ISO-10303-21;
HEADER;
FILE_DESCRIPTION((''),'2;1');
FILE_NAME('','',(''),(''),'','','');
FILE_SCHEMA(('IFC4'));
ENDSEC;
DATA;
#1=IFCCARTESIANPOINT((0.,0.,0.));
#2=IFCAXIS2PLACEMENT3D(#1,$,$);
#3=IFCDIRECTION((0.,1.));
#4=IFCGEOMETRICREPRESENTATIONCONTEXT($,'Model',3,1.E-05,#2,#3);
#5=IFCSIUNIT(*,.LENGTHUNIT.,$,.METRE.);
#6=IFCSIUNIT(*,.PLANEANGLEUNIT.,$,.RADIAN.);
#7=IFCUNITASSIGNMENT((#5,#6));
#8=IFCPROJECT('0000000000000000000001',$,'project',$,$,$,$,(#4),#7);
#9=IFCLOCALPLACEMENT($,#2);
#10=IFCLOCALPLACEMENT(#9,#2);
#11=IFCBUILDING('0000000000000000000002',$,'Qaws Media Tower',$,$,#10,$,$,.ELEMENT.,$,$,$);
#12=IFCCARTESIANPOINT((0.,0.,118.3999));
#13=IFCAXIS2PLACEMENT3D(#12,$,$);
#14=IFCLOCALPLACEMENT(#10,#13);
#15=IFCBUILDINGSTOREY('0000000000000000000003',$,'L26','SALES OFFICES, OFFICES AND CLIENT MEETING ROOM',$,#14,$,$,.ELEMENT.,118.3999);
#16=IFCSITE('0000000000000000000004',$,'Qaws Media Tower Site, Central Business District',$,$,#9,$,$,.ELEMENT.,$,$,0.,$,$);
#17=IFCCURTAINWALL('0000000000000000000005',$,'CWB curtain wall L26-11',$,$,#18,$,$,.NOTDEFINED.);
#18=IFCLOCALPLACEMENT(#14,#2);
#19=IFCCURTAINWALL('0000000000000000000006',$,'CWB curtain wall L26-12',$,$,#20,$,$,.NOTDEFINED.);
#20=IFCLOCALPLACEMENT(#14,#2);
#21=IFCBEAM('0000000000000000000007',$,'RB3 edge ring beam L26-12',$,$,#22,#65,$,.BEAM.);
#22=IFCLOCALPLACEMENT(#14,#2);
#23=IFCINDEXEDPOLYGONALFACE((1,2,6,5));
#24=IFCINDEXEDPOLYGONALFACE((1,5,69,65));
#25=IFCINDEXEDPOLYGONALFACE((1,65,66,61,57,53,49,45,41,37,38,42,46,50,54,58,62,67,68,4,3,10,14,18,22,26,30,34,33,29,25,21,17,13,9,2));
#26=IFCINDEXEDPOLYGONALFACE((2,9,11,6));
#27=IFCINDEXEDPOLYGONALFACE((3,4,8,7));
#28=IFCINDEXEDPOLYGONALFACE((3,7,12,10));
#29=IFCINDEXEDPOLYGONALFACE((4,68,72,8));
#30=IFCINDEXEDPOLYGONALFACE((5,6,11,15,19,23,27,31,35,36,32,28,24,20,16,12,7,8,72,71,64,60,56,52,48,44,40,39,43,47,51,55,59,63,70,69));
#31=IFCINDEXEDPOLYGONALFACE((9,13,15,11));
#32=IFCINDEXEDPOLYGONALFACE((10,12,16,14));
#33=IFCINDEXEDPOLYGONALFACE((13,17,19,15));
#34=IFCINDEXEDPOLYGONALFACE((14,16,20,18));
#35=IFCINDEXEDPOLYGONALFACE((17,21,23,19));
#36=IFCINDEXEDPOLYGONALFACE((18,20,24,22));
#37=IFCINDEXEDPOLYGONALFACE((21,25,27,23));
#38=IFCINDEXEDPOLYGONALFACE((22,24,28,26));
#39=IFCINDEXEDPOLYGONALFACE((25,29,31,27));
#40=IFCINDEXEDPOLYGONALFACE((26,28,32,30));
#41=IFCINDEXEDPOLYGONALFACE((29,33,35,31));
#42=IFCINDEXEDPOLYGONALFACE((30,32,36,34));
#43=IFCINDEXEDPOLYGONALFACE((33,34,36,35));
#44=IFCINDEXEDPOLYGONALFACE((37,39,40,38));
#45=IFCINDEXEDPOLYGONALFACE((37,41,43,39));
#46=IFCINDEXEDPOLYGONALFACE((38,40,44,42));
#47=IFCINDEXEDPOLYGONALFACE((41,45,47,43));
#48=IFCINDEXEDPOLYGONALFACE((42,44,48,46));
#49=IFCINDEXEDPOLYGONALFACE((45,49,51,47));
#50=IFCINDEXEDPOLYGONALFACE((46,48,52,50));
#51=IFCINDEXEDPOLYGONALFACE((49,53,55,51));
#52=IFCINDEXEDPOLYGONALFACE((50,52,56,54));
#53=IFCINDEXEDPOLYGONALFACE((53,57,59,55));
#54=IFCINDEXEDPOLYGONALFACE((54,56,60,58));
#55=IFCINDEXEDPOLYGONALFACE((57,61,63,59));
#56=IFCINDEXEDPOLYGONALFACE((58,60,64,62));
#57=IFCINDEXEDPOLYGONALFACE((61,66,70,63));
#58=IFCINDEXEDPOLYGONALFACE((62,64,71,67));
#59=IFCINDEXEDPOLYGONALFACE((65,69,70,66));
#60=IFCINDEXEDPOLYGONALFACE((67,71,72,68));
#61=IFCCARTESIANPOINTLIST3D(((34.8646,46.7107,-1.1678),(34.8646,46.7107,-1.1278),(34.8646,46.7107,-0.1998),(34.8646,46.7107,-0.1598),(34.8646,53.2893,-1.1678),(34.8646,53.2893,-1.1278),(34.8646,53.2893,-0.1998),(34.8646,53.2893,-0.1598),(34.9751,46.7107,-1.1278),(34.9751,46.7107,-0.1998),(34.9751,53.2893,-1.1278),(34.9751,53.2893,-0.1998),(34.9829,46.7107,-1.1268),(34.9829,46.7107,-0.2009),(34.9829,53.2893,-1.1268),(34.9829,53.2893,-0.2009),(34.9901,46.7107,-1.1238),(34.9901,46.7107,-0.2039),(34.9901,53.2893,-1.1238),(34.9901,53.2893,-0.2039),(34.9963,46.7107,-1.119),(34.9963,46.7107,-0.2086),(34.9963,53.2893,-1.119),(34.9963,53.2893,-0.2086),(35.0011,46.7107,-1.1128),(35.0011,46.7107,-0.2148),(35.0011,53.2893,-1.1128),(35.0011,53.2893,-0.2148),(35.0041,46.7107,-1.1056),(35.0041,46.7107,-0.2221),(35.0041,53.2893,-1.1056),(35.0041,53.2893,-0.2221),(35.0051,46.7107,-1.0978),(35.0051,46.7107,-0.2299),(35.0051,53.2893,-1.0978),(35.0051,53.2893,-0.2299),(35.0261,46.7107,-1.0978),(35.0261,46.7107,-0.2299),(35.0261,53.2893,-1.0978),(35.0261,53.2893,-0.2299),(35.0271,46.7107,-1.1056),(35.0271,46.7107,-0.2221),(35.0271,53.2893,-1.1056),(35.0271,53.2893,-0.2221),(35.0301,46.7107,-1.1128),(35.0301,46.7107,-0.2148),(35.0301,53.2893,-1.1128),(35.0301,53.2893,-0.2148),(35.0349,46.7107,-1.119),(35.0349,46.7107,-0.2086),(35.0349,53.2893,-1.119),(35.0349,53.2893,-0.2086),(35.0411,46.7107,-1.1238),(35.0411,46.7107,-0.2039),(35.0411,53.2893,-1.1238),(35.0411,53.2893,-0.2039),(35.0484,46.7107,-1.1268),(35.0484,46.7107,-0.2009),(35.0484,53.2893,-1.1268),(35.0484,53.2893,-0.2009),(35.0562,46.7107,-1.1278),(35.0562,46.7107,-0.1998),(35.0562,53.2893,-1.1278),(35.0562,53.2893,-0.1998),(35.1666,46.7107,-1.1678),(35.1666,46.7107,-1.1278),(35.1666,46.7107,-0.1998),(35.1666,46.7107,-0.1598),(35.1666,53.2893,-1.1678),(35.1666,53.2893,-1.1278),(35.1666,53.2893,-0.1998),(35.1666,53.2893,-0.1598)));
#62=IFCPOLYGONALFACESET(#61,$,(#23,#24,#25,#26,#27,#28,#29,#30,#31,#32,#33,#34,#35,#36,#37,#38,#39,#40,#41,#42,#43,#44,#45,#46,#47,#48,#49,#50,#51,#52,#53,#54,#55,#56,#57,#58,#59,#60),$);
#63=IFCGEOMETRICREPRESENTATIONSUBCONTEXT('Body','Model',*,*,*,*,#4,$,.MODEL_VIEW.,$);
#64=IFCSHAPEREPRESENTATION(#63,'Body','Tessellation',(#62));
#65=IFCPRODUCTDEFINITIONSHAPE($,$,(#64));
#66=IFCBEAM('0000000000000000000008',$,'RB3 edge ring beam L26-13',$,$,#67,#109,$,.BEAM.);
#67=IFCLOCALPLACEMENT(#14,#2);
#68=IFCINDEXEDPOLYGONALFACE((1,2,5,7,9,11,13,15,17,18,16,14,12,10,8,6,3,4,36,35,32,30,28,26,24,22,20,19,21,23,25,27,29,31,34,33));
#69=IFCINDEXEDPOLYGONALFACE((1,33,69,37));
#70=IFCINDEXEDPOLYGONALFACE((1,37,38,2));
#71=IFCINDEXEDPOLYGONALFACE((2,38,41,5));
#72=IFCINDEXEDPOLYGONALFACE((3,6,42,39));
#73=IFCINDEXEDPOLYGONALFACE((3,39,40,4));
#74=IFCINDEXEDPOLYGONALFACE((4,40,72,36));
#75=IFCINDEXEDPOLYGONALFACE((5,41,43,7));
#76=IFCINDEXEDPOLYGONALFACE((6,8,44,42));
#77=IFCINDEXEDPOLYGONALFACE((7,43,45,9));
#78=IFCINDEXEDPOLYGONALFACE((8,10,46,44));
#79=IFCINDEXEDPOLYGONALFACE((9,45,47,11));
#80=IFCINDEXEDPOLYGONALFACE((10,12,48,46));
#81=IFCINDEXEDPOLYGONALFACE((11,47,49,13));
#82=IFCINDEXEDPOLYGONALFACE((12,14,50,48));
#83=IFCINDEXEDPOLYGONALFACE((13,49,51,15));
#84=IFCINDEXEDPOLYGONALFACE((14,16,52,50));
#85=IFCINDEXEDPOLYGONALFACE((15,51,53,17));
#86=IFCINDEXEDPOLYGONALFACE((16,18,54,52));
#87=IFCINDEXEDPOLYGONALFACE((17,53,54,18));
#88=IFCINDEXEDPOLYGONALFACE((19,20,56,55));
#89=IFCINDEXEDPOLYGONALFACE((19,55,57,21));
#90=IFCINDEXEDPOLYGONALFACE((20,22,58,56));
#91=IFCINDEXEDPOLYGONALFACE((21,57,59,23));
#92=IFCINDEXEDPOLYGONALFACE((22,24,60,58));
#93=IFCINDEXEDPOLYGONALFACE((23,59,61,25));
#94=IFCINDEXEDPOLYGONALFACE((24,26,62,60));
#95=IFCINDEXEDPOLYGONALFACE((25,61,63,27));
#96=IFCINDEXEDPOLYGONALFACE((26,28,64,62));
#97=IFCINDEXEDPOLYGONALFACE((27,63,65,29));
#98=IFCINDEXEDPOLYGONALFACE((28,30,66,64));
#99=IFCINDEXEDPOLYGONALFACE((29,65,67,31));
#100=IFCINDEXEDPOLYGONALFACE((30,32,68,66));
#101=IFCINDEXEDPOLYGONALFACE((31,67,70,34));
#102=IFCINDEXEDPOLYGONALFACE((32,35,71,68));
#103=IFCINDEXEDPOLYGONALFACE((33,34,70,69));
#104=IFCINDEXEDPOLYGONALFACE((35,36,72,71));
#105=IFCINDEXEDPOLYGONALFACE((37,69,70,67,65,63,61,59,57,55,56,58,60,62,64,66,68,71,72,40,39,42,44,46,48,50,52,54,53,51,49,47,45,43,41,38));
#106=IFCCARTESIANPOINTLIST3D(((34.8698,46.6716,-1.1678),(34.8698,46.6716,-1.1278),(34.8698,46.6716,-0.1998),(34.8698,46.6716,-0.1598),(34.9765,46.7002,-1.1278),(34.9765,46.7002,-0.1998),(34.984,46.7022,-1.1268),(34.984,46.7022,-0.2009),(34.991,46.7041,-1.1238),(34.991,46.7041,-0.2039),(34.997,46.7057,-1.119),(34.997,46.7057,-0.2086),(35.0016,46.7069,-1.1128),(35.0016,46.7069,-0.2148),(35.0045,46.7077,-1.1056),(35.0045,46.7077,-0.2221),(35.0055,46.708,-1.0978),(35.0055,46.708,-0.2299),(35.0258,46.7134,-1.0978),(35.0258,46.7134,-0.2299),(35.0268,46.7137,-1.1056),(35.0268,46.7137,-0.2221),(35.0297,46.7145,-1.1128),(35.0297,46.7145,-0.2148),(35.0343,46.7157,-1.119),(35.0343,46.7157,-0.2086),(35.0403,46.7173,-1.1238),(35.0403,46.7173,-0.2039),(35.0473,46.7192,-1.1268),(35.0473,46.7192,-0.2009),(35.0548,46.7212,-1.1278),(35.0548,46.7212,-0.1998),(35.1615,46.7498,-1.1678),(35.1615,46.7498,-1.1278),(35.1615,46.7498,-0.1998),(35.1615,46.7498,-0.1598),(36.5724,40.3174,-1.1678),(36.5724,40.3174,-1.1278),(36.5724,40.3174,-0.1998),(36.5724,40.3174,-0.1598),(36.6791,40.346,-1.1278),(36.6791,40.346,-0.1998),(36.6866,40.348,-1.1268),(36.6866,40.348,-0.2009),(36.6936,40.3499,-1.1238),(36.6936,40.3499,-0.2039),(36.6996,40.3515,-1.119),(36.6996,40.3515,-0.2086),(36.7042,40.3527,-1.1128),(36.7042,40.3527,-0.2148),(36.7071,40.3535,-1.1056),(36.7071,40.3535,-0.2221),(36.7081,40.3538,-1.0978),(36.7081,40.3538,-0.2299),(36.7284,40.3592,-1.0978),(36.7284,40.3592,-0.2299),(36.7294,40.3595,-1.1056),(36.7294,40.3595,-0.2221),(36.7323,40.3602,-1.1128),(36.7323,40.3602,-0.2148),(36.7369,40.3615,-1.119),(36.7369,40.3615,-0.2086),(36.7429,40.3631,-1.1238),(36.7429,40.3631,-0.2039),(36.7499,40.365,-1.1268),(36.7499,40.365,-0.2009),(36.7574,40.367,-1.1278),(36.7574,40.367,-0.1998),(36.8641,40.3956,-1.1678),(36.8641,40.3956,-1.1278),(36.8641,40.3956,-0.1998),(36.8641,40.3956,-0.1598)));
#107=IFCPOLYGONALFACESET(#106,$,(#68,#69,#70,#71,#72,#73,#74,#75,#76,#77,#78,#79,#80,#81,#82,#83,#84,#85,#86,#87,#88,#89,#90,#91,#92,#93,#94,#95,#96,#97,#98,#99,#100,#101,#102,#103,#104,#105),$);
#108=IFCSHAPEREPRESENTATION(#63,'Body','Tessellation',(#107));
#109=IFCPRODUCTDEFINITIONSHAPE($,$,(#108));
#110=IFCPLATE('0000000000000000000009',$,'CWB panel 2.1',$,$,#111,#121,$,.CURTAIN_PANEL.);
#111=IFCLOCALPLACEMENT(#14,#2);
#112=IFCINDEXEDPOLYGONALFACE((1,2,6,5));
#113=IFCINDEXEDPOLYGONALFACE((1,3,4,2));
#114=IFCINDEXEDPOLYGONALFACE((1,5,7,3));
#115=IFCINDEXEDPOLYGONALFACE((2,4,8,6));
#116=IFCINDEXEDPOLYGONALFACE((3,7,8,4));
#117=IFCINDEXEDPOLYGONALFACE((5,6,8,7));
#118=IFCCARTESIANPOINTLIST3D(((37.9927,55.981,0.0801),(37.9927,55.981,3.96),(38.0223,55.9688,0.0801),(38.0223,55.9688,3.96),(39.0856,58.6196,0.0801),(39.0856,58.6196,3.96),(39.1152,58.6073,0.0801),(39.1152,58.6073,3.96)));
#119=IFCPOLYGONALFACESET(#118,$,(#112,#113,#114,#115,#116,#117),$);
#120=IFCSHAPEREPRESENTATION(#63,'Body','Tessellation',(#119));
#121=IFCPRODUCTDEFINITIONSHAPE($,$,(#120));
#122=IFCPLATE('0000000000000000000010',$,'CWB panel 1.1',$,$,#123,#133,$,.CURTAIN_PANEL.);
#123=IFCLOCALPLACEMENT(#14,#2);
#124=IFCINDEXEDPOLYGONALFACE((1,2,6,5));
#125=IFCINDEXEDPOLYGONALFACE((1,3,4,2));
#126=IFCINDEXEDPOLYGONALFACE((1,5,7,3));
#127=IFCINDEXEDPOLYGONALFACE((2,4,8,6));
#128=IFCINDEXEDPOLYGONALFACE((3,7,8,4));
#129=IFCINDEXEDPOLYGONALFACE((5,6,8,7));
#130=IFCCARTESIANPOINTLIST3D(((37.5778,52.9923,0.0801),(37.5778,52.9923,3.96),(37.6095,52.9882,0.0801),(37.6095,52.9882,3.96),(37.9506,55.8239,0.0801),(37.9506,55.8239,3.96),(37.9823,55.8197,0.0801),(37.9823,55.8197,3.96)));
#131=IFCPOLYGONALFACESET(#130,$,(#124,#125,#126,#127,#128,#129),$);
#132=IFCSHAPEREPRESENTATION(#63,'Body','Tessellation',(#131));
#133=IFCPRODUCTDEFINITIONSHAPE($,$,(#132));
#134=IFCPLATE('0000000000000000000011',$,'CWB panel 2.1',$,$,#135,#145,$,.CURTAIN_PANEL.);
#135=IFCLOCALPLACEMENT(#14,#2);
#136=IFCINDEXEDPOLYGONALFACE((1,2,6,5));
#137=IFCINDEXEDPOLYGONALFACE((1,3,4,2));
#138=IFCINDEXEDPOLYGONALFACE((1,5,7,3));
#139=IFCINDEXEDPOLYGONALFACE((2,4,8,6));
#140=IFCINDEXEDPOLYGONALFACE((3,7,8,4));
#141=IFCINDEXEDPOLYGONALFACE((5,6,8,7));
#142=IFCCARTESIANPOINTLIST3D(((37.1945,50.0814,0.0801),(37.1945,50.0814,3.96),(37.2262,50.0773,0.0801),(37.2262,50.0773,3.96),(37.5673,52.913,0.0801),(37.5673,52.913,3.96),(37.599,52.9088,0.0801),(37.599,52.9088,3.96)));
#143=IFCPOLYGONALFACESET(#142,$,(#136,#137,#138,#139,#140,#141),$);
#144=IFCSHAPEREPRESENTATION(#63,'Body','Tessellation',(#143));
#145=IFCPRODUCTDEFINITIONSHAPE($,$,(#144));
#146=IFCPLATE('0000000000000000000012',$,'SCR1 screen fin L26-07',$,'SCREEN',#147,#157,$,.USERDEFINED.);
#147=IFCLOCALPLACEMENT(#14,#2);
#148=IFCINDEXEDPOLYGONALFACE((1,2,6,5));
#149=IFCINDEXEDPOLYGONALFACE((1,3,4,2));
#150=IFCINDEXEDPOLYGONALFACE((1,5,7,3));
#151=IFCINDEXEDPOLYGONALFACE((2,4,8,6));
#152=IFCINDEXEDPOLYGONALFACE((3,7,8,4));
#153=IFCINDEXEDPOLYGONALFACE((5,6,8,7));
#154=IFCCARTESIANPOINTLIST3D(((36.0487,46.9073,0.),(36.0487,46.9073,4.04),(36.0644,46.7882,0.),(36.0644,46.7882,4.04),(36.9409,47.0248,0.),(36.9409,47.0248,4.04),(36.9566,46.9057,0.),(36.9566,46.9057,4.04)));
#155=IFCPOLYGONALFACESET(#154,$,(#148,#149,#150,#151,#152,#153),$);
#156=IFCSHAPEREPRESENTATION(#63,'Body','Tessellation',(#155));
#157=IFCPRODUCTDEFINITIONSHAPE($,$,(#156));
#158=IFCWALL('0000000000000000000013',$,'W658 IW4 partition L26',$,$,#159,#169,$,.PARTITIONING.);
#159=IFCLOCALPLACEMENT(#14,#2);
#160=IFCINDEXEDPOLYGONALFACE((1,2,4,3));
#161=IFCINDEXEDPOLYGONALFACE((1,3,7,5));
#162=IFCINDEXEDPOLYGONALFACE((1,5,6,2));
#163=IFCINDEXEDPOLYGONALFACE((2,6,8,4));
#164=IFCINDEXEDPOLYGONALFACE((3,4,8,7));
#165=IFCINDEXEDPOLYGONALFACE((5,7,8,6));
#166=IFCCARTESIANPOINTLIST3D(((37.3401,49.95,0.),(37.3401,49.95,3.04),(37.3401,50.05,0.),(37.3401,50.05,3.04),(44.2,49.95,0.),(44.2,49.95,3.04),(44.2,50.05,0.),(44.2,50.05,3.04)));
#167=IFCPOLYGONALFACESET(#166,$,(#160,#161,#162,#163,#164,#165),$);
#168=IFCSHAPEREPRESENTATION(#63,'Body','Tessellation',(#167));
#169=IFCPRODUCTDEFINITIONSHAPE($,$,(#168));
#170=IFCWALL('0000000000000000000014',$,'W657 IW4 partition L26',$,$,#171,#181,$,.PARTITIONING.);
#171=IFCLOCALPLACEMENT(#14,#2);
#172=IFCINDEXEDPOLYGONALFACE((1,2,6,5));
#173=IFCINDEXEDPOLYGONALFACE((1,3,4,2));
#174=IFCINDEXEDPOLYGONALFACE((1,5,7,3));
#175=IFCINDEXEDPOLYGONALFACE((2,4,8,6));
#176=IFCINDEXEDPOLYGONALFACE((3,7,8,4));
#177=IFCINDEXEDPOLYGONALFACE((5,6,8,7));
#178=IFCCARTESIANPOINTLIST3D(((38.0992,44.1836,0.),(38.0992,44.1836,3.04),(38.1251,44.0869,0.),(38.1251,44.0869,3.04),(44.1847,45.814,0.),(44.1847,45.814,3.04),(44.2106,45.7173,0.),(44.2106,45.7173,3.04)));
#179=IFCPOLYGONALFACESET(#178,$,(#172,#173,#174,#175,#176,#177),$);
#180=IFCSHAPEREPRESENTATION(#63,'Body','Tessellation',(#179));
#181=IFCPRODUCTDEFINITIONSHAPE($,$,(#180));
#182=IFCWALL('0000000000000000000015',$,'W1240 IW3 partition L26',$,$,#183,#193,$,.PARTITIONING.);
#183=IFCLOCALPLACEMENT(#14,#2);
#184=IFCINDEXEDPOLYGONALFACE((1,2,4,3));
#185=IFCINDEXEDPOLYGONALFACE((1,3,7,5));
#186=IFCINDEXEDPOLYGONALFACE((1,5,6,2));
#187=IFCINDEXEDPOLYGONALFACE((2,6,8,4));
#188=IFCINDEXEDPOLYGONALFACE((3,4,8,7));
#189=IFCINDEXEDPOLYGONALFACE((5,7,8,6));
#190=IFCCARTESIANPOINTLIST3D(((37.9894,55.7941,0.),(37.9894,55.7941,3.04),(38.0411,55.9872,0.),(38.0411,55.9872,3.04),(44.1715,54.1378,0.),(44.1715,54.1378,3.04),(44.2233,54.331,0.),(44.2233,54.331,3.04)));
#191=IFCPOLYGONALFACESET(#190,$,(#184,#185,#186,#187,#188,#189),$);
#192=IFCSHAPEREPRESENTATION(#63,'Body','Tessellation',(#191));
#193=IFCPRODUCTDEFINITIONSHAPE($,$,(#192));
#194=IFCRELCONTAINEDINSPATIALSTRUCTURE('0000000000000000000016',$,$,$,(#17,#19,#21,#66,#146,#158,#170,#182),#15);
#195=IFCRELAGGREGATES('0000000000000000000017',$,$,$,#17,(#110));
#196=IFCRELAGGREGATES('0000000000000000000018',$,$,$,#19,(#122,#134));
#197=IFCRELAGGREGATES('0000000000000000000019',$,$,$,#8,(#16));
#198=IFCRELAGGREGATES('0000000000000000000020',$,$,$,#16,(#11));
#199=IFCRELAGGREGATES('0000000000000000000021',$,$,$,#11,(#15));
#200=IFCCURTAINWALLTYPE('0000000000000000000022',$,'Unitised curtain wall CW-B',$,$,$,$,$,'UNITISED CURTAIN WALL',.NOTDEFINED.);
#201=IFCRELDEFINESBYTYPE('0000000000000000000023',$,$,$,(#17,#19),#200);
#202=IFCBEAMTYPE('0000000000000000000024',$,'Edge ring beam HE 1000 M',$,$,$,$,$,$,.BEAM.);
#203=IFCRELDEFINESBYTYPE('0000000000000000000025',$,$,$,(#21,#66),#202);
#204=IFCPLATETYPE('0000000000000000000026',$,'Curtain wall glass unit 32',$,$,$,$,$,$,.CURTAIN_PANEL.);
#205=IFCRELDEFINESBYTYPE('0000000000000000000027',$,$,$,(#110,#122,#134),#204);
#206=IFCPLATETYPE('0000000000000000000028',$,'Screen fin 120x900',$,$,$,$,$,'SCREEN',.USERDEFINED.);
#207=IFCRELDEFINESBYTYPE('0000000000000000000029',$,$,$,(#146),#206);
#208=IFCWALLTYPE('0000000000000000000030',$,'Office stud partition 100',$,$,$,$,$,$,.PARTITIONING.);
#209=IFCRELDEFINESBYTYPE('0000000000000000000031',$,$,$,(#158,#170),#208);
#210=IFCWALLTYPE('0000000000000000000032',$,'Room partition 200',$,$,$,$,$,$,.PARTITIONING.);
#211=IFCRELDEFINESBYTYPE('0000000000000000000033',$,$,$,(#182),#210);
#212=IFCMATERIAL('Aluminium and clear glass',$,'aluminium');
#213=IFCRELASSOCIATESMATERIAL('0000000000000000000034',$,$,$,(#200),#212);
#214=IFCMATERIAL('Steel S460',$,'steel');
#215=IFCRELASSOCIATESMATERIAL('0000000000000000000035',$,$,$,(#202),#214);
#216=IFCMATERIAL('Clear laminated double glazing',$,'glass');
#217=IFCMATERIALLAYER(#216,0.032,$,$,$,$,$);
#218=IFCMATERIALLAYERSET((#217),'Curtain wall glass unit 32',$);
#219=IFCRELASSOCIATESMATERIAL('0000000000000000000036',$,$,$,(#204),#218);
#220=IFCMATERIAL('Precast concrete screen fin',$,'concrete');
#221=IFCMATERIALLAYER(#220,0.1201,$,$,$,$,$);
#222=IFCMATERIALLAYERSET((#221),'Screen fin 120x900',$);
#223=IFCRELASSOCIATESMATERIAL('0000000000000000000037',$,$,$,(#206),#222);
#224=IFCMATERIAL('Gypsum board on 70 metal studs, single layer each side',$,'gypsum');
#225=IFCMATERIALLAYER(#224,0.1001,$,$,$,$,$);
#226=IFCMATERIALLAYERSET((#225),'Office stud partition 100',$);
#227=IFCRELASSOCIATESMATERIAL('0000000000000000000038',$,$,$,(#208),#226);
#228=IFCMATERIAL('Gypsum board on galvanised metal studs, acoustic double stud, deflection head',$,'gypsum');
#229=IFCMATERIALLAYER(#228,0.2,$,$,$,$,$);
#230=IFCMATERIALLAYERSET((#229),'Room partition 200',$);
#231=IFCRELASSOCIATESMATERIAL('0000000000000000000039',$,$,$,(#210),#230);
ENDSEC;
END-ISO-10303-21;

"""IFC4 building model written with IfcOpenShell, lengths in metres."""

from ifc_helpers import new_model, si_unit, direction, frame, frame_2d, origin, origin_2d, place, context, subcontext, project, spatial, rectangle, i_section, extrude, material, layer, layer_set, material_profile, profile_set, type_object, element, aggregate, save


model = new_model("IFC4")

# Units and contexts
model_context = context("Model", 3, precision=1e-05, world=origin(), true_north=direction((0.0, 1.0)))
body_context = subcontext(model_context, "Body", "Model", "MODEL_VIEW")
ifc_project = project(units=[si_unit("LENGTHUNIT", "METRE"), si_unit("PLANEANGLEUNIT", "RADIAN")], contexts=[model_context])

# Site, building, storey
site_placement = place(None, origin())
site = spatial("IfcSite", under=ifc_project, at=site_placement, Name="Qaws Media Tower Site, Central Business District", CompositionType="ELEMENT", RefElevation=0.0)
building_placement = place(site_placement, origin())
building = spatial("IfcBuilding", under=site, at=building_placement, Name="Qaws Media Tower", CompositionType="ELEMENT")
storey_placement = place(building_placement, frame((0.0, 0.0, 118.3999)))
storey = spatial("IfcBuildingStorey", under=building, at=storey_placement, Name="L26", Description="SALES OFFICES, OFFICES AND CLIENT MEETING ROOM", CompositionType="ELEMENT", Elevation=118.3999)

# Curtain wall
ifc_material_1 = material(Name="Aluminium and clear glass", Category="aluminium")
curtain_wall_type = type_object("IfcCurtainWallType", Name="Unitised curtain wall CW-B", ElementType="UNITISED CURTAIN WALL", PredefinedType="NOTDEFINED", material=ifc_material_1)
curtain_wall_1_placement = place(storey_placement, origin())
curtain_wall_1 = element("IfcCurtainWall", 1, at=curtain_wall_1_placement, inside=storey, type_object=curtain_wall_type, Name="CWB curtain wall L26-11", PredefinedType="NOTDEFINED")

# Curtain wall
curtain_wall_2_placement = place(storey_placement, origin())
curtain_wall_2 = element("IfcCurtainWall", 2, at=curtain_wall_2_placement, inside=storey, type_object=curtain_wall_type, Name="CWB curtain wall L26-12", PredefinedType="NOTDEFINED")

# Beams
ifc_material_2 = material(Name="Steel S460", Category="steel")
ifc_material_profile_1 = material_profile(ifc_material_2, i_section(OverallWidth=0.302, OverallDepth=1.0081, WebThickness=0.021, FlangeThickness=0.04, FilletRadius=0.03, at=origin_2d()), Name="HE 1000 M")
ifc_profile_set_1 = profile_set([ifc_material_profile_1], Name="Steel S460")
beam_type = type_object("IfcBeamType", Name="Edge ring beam HE 1000 M", PredefinedType="BEAM", material=ifc_profile_set_1)
beam_1_placement = place(storey_placement, frame((35.0156, 53.2893, -0.6638), z_axis=(0.0, -1.0, 0.0), x_axis=(1.0, 0.0, 0.0)))
element("IfcBeam", 3, at=beam_1_placement, inside=storey, type_object=beam_type, Name="RB3 edge ring beam L26-12", PredefinedType="BEAM", context=body_context, shape_type="SweptSolid", body=[
    extrude(i_section(OverallWidth=0.302, OverallDepth=1.0081, WebThickness=0.021, FlangeThickness=0.04, FilletRadius=0.03, at=origin_2d()), origin(), (0.0, 0.0, 1.0), 6.5786),
])
beam_2_placement = place(storey_placement, frame((35.0156, 46.7107, -0.6638), z_axis=(0.258822, -0.965925, 0.0), x_axis=(0.965925, 0.258822, 0.0)))
element("IfcBeam", 4, at=beam_2_placement, inside=storey, type_object=beam_type, Name="RB3 edge ring beam L26-13", PredefinedType="BEAM", context=body_context, shape_type="SweptSolid", body=[
    extrude(i_section(OverallWidth=0.302, OverallDepth=1.0081, WebThickness=0.021, FlangeThickness=0.04, FilletRadius=0.03, at=origin_2d()), origin(), (0.0, 0.0, 1.0), 6.5784),
])

# Plates
ifc_material_3 = material(Name="Clear laminated double glazing", Category="glass")
ifc_layer_1 = layer(ifc_material_3, 0.032)
ifc_layer_set_1 = layer_set([ifc_layer_1], Name="Curtain wall glass unit 32")
plate_type_1 = type_object("IfcPlateType", Name="Curtain wall glass unit 32", PredefinedType="CURTAIN_PANEL", material=ifc_layer_set_1)
plate_1_placement = place(storey_placement, frame((38.554, 57.2942, 0.0801), z_axis=(0.0, 0.0, 1.0), x_axis=(-0.382683, -0.92388, 0.0)))
plate_1 = element("IfcPlate", 5, at=plate_1_placement, type_object=plate_type_1, Name="CWB panel 2.1", PredefinedType="CURTAIN_PANEL", context=body_context, shape_type="SweptSolid", body=[
    extrude(rectangle(XDim=2.856, YDim=0.032, at=origin_2d()), origin(), (0.0, 0.0, 1.0), 3.8799),
])
aggregate(curtain_wall_1, [plate_1])
plate_2_placement = place(storey_placement, frame((37.78, 54.406, 0.0801), z_axis=(0.0, 0.0, 1.0), x_axis=(-0.130526, -0.991445, 0.0)))
plate_2 = element("IfcPlate", 6, at=plate_2_placement, type_object=plate_type_1, Name="CWB panel 1.1", PredefinedType="CURTAIN_PANEL", context=body_context, shape_type="SweptSolid", body=[
    extrude(rectangle(XDim=2.856, YDim=0.032, at=origin_2d()), origin(), (0.0, 0.0, 1.0), 3.8799),
])
plate_3_placement = place(storey_placement, frame((37.3967, 51.4951, 0.0801), z_axis=(0.0, 0.0, 1.0), x_axis=(-0.130526, -0.991445, 0.0)))
plate_3 = element("IfcPlate", 7, at=plate_3_placement, type_object=plate_type_1, Name="CWB panel 2.1", PredefinedType="CURTAIN_PANEL", context=body_context, shape_type="SweptSolid", body=[
    extrude(rectangle(XDim=2.856, YDim=0.032, at=origin_2d()), origin(), (0.0, 0.0, 1.0), 3.8799),
])
aggregate(curtain_wall_2, [plate_2, plate_3])
ifc_material_4 = material(Name="Precast concrete screen fin", Category="concrete")
ifc_layer_2 = layer(ifc_material_4, 0.1201)
ifc_layer_set_2 = layer_set([ifc_layer_2], Name="Screen fin 120x900")
plate_type_2 = type_object("IfcPlateType", Name="Screen fin 120x900", ElementType="SCREEN", PredefinedType="USERDEFINED", material=ifc_layer_set_2)
plate_4_placement = place(storey_placement, frame((36.5027, 46.9065, 0.0), z_axis=(0.0, 0.0, 1.0), x_axis=(-0.991445, -0.130526, 0.0)))
element("IfcPlate", 8, at=plate_4_placement, inside=storey, type_object=plate_type_2, Name="SCR1 screen fin L26-07", ObjectType="SCREEN", PredefinedType="USERDEFINED", context=body_context, shape_type="SweptSolid", body=[
    extrude(rectangle(XDim=0.8999, YDim=0.1201, at=origin_2d()), origin(), (0.0, 0.0, 1.0), 4.04),
])

# Walls
ifc_material_5 = material(Name="Gypsum board on 70 metal studs, single layer each side", Category="gypsum")
ifc_layer_3 = layer(ifc_material_5, 0.1001)
ifc_layer_set_3 = layer_set([ifc_layer_3], Name="Office stud partition 100")
wall_type_1 = type_object("IfcWallType", Name="Office stud partition 100", PredefinedType="PARTITIONING", material=ifc_layer_set_3)
wall_1_placement = place(storey_placement, frame((44.2, 50.0, 0.0), z_axis=(0.0, 0.0, 1.0), x_axis=(-1.0, 0.0, 0.0)))
element("IfcWall", 9, at=wall_1_placement, inside=storey, type_object=wall_type_1, Name="W658 IW4 partition L26", PredefinedType="PARTITIONING", context=body_context, shape_type="SweptSolid", body=[
    extrude(rectangle(XDim=6.8599, YDim=0.1001, at=frame_2d((3.4299, 0.0))), origin(), (0.0, 0.0, 1.0), 3.04),
])
wall_2_placement = place(storey_placement, frame((44.1975, 45.7656, 0.0), z_axis=(0.0, 0.0, 1.0), x_axis=(-0.965935, -0.258786, 0.0)))
element("IfcWall", 10, at=wall_2_placement, inside=storey, type_object=wall_type_1, Name="W657 IW4 partition L26", PredefinedType="PARTITIONING", context=body_context, shape_type="SweptSolid", body=[
    extrude(rectangle(XDim=6.3, YDim=0.1001, at=frame_2d((3.1499, 0.0))), origin(), (0.0, 0.0, 1.0), 3.04),
])

# Shared definitions
ifc_material_6 = material(Name="Gypsum board on galvanised metal studs, acoustic double stud, deflection head", Category="gypsum")
ifc_layer_4 = layer(ifc_material_6, 0.2)
ifc_layer_set_4 = layer_set([ifc_layer_4], Name="Room partition 200")
wall_type_2 = type_object("IfcWallType", Name="Room partition 200", PredefinedType="PARTITIONING", material=ifc_layer_set_4)

# Wall
wall_3_placement = place(storey_placement, frame((44.1975, 54.2344, 0.0), z_axis=(0.0, 0.0, 1.0), x_axis=(-0.965935, 0.258783, 0.0)))
element("IfcWall", 11, at=wall_3_placement, inside=storey, type_object=wall_type_2, Name="W1240 IW3 partition L26", PredefinedType="PARTITIONING", context=body_context, shape_type="SweptSolid", body=[
    extrude(rectangle(XDim=6.4001, YDim=0.2, at=frame_2d((3.2002, 0.0))), origin(), (0.0, 0.0, 1.0), 3.04),
])

save(model, "model.ifc")
